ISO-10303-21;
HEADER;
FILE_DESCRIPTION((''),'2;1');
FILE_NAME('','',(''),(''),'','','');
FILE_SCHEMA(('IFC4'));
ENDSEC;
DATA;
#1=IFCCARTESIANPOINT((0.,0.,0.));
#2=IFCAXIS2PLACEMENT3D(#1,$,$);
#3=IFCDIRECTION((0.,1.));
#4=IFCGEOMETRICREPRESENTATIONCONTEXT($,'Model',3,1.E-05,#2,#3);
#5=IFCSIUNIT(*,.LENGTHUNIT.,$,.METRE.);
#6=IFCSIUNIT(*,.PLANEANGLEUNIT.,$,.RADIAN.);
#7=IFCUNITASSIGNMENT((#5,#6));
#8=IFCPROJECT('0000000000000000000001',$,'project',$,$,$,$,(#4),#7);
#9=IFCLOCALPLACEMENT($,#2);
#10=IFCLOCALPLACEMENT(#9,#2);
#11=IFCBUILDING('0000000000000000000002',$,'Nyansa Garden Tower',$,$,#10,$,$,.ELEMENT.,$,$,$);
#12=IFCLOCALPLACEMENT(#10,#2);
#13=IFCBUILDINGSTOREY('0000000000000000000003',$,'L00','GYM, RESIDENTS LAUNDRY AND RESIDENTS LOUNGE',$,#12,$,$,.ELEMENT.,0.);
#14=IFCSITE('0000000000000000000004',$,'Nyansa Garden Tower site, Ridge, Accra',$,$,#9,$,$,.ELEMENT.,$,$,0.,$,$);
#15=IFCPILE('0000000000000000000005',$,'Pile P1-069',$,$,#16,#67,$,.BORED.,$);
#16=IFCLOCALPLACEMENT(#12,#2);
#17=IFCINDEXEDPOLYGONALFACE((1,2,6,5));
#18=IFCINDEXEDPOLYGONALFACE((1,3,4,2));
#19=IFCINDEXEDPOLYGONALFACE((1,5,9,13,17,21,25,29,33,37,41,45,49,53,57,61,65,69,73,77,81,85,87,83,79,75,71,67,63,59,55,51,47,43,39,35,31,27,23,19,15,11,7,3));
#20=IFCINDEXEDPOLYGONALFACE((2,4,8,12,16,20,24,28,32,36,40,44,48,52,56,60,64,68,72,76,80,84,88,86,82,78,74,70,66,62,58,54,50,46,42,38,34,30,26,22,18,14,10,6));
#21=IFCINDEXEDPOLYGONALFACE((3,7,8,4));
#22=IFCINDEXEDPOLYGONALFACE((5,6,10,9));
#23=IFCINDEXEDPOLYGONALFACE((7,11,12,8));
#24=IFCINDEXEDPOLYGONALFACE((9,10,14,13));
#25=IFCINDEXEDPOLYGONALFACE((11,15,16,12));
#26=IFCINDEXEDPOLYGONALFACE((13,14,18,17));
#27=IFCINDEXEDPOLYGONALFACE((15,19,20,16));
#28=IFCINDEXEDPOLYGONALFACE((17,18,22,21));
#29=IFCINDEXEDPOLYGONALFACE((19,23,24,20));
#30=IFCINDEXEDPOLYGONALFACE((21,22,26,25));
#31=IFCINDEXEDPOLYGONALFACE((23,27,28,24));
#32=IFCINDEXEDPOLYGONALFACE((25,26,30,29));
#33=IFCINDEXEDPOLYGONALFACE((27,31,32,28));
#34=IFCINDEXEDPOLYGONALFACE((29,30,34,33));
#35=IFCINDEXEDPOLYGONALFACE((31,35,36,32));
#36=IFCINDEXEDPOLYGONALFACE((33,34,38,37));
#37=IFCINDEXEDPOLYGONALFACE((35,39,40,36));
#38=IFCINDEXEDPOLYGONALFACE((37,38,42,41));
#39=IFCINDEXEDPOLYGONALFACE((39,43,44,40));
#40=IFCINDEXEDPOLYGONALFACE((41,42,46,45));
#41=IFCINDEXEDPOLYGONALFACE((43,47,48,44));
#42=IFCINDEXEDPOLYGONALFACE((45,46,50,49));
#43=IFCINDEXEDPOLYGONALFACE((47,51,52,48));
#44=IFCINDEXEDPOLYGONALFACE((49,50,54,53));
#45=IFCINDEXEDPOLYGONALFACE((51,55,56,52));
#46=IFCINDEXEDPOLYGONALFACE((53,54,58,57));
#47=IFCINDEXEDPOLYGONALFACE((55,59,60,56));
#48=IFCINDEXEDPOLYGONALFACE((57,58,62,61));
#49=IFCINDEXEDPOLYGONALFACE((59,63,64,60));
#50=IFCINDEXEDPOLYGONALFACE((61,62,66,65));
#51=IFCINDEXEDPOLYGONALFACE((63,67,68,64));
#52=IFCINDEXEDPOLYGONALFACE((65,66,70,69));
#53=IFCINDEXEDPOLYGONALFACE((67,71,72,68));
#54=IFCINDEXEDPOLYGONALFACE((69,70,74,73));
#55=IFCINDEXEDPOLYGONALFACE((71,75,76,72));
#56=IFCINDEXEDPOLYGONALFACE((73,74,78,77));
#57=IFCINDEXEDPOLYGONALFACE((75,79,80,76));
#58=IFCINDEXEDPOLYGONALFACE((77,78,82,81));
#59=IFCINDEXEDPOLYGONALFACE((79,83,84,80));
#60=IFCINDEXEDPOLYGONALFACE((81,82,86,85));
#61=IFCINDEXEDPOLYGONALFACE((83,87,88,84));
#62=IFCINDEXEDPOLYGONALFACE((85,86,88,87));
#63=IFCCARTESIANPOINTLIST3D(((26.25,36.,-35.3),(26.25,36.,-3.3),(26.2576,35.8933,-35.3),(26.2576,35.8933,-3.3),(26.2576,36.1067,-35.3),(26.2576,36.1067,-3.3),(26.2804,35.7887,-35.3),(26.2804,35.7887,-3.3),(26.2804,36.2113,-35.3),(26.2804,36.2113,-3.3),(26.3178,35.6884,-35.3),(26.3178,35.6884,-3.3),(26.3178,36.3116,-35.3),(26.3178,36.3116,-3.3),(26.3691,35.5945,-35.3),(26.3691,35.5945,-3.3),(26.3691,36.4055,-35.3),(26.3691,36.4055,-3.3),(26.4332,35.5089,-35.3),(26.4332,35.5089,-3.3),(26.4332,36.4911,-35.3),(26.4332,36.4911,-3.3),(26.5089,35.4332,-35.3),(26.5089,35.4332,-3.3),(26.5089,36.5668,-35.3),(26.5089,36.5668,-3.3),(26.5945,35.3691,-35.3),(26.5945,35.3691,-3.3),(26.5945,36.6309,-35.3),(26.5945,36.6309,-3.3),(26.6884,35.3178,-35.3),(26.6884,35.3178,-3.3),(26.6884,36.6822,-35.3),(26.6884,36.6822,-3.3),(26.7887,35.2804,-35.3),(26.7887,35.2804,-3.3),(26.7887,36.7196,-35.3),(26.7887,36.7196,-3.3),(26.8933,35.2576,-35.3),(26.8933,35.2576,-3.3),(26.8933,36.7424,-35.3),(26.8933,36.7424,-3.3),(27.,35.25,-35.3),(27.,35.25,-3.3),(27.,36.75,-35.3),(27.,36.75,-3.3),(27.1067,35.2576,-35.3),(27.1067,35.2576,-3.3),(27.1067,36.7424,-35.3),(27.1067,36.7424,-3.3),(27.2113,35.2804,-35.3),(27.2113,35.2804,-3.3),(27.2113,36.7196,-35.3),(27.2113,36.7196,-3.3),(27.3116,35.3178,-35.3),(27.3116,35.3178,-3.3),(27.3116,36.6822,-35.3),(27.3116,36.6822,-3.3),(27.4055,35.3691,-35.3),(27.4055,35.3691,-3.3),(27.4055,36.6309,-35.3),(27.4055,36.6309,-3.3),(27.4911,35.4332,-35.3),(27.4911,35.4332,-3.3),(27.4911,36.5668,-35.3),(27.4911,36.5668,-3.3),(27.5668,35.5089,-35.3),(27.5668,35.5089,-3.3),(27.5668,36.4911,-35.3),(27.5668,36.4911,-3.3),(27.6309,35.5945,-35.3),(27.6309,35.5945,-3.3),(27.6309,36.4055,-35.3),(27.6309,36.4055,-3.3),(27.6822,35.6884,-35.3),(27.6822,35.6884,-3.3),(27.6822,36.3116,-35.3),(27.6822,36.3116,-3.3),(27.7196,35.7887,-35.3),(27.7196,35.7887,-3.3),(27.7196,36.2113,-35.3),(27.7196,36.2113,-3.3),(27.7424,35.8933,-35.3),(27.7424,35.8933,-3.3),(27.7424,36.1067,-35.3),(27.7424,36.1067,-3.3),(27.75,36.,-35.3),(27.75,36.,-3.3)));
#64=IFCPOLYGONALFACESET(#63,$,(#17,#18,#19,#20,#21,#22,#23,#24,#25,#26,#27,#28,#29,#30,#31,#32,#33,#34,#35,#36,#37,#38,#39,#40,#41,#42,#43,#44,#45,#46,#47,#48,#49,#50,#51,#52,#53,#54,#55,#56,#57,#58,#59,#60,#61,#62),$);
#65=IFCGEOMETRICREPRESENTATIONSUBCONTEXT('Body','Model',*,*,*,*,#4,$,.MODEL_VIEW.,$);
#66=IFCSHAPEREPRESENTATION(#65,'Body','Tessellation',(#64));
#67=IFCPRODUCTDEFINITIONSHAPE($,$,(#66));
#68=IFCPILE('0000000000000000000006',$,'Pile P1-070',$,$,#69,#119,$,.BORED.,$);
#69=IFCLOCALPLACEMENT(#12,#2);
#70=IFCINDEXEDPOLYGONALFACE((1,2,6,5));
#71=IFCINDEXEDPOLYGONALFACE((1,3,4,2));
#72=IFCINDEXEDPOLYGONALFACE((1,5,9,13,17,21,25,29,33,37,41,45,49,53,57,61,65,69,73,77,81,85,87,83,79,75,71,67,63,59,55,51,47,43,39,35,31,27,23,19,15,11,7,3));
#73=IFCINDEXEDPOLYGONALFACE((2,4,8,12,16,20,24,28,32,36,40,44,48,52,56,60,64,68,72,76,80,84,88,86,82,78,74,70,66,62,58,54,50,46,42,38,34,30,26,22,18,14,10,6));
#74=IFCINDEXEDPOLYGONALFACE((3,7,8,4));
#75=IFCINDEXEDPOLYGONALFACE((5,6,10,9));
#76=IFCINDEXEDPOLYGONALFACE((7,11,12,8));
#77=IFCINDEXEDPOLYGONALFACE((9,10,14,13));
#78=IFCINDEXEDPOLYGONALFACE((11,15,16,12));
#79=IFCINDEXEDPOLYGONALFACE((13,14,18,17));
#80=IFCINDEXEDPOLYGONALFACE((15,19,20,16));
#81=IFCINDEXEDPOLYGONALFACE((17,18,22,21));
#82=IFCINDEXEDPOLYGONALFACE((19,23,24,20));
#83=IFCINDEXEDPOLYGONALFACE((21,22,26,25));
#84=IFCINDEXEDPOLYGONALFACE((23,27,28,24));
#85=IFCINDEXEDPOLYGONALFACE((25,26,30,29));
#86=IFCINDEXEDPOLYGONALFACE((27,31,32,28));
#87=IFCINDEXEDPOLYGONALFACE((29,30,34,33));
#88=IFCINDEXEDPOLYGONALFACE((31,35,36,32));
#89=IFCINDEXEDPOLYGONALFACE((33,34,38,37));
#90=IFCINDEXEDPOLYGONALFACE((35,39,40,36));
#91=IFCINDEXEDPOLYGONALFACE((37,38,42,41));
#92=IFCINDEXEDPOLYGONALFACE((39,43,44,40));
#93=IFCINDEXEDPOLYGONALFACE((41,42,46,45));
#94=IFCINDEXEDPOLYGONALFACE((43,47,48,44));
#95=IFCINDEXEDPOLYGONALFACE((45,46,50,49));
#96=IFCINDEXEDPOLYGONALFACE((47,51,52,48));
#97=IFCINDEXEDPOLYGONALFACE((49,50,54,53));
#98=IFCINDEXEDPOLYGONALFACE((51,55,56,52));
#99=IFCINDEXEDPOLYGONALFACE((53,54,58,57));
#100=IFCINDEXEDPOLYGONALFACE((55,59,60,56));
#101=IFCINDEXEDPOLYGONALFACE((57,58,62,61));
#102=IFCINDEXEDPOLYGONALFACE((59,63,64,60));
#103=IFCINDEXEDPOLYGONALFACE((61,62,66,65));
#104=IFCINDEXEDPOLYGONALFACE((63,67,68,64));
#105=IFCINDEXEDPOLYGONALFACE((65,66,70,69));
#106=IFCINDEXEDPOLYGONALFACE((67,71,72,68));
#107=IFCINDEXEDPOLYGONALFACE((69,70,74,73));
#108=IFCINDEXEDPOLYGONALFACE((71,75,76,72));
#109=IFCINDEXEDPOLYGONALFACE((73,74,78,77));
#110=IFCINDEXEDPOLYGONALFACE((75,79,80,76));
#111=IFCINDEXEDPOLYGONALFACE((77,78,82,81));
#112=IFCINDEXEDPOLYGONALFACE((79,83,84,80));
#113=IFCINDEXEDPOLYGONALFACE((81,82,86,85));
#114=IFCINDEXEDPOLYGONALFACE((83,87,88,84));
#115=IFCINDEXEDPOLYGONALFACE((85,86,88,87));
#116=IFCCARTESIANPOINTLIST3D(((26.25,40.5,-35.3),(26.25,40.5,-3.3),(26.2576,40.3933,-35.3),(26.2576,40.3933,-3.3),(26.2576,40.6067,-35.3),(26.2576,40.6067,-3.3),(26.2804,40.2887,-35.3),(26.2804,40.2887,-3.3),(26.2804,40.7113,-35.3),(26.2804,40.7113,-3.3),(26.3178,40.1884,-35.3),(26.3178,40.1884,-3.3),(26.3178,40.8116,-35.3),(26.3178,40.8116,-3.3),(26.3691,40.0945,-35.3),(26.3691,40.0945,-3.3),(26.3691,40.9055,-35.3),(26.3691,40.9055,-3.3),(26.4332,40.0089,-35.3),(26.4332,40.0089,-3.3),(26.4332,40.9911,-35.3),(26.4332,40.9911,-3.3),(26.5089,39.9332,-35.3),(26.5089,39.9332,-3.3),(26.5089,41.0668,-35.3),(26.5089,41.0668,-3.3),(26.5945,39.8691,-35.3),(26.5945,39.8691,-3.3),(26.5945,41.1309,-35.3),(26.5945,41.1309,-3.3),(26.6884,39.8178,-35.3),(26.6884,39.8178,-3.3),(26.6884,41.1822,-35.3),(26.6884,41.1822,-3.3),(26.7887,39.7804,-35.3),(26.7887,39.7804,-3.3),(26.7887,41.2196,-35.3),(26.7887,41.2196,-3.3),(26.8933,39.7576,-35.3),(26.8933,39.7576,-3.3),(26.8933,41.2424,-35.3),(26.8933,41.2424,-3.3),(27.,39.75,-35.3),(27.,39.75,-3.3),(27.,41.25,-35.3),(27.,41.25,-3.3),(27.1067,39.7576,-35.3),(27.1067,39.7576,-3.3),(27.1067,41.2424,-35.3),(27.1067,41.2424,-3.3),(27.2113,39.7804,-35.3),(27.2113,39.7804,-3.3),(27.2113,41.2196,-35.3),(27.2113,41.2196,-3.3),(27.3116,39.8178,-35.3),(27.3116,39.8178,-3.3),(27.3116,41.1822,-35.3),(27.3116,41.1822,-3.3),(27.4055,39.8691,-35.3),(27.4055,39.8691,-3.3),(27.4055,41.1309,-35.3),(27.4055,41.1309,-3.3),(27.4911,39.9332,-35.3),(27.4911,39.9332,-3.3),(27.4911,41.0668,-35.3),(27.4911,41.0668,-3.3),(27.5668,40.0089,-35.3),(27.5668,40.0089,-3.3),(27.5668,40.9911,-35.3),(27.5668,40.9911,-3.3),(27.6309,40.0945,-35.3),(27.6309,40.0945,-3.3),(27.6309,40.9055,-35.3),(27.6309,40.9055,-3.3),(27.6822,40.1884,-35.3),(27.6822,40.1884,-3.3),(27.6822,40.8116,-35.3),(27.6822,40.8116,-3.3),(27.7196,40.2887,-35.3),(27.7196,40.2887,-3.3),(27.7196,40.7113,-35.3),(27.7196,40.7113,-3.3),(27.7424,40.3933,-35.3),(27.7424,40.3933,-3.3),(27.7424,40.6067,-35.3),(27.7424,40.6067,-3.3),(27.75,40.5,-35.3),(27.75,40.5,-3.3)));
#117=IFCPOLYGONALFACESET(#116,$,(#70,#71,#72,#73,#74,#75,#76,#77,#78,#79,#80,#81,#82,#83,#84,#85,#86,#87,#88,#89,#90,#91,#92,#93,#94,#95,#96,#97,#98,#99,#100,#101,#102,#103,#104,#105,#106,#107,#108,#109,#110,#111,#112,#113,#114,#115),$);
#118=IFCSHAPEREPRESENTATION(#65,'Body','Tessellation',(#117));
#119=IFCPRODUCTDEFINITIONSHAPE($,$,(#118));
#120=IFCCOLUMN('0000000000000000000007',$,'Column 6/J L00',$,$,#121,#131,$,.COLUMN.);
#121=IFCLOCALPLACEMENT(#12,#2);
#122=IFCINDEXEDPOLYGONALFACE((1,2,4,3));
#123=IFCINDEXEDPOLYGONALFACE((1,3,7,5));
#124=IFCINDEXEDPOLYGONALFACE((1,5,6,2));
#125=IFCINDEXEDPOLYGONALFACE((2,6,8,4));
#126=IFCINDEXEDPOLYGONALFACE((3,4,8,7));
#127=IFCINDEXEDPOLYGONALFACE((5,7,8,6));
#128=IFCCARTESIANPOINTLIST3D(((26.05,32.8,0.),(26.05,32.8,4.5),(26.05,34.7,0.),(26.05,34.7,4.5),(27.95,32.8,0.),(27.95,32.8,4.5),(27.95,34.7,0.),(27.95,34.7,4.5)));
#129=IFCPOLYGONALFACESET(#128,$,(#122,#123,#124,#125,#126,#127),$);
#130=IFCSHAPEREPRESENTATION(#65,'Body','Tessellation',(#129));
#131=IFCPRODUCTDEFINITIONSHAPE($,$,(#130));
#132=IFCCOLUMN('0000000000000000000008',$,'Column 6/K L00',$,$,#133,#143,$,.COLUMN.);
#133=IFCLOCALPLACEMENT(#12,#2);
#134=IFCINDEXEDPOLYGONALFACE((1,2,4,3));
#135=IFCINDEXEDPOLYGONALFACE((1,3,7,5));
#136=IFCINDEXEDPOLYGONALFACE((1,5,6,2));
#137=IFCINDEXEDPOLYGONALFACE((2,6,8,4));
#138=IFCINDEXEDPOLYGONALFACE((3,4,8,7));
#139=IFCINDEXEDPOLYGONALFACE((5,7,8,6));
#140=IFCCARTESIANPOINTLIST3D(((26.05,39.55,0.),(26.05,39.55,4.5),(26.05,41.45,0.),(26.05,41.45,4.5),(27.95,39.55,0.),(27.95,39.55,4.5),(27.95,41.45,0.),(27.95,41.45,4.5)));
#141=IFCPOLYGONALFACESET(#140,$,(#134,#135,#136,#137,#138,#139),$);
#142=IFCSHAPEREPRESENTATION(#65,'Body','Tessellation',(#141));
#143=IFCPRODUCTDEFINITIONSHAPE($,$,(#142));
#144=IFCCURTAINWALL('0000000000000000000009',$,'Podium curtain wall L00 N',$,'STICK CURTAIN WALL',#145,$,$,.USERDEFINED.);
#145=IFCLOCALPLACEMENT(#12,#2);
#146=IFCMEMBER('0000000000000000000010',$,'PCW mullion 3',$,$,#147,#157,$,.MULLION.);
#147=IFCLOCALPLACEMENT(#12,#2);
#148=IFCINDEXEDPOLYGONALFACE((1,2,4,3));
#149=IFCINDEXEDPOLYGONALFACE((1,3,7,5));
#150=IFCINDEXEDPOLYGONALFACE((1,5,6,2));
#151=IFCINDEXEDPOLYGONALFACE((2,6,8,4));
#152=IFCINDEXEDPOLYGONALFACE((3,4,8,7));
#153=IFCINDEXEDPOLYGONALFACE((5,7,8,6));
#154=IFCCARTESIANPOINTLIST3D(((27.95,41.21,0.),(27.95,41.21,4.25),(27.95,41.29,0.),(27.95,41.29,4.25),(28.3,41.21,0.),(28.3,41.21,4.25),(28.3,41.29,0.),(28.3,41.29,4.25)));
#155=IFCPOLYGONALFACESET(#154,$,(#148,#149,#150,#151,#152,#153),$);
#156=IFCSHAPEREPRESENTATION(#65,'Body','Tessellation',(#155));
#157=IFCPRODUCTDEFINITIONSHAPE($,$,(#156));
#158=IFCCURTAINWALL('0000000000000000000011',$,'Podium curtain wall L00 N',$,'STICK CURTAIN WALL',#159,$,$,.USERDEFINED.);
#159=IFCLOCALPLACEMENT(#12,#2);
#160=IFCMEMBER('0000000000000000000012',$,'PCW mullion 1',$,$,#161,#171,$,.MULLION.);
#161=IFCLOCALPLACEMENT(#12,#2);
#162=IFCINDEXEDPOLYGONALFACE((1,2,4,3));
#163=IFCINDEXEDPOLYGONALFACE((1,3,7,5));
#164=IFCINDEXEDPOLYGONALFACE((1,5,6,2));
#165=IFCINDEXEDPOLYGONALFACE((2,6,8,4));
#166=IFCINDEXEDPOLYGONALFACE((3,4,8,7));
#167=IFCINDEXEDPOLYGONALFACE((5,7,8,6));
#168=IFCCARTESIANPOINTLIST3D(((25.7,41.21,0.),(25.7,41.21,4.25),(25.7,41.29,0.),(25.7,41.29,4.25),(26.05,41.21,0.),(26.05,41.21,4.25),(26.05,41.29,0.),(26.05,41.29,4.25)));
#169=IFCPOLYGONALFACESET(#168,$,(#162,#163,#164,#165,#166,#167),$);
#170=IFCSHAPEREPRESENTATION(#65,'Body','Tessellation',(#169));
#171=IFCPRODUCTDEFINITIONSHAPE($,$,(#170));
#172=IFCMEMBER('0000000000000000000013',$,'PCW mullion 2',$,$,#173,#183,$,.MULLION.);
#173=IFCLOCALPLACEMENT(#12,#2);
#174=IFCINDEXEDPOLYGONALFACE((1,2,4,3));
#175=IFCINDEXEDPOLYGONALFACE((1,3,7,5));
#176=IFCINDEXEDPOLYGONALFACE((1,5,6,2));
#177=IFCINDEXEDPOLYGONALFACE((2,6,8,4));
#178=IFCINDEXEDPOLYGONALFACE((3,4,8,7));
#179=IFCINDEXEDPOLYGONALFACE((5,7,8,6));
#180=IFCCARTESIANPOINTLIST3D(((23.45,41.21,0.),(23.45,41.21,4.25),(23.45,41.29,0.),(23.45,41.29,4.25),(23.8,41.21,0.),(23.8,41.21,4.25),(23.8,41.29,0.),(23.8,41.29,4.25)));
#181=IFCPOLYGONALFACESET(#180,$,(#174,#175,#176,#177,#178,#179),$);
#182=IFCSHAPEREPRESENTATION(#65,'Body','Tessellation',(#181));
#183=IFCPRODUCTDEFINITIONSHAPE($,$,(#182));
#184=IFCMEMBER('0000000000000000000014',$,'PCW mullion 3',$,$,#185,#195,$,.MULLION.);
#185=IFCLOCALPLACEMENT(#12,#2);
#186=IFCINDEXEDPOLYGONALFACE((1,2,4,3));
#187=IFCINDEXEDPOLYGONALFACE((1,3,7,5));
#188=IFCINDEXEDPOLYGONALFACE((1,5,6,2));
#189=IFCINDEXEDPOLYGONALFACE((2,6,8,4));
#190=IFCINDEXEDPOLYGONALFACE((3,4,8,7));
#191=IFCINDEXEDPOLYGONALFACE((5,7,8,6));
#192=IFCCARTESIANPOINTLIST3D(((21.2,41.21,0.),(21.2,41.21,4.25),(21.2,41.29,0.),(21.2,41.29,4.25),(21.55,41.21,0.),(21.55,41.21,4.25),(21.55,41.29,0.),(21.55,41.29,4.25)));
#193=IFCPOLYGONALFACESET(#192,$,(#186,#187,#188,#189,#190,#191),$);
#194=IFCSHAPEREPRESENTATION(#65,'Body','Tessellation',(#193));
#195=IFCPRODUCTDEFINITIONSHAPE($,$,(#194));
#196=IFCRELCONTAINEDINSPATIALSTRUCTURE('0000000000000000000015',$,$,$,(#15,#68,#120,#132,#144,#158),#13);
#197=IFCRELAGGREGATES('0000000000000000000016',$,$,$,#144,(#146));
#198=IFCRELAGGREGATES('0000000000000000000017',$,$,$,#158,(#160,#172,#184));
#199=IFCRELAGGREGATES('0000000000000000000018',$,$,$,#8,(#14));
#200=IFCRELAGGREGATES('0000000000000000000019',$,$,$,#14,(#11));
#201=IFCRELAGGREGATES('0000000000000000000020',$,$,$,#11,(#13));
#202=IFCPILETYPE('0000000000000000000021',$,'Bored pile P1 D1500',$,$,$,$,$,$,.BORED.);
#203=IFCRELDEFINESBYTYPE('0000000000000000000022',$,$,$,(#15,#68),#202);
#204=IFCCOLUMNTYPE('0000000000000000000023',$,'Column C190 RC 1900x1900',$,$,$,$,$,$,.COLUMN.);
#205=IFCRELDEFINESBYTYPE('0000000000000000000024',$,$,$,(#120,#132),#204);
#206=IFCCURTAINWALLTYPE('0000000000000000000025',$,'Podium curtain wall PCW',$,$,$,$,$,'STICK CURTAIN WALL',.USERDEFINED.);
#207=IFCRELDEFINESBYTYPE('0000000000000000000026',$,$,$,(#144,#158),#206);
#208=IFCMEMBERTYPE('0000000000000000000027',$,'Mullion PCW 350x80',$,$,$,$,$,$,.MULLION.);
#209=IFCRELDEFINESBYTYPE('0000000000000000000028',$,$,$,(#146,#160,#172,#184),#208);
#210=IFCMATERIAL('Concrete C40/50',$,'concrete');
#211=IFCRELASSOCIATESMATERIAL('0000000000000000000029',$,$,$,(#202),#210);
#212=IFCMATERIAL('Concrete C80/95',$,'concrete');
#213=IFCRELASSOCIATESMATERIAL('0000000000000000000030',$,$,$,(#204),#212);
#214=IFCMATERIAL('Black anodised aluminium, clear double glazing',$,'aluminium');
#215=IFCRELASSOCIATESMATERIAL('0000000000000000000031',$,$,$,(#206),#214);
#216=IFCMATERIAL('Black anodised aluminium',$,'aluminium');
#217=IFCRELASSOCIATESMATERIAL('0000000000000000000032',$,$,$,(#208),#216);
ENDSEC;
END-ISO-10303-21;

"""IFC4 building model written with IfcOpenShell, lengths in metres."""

from ifc_helpers import new_model, si_unit, direction, frame, origin, origin_2d, place, context, subcontext, project, spatial, rectangle, circle, extrude, material, material_profile, profile_set, type_object, element, aggregate, save


model = new_model("IFC4")

# Units and contexts
model_context = context("Model", 3, precision=1e-05, world=origin(), true_north=direction((0.0, 1.0)))
body_context = subcontext(model_context, "Body", "Model", "MODEL_VIEW")
ifc_project = project(units=[si_unit("LENGTHUNIT", "METRE"), si_unit("PLANEANGLEUNIT", "RADIAN")], contexts=[model_context])

# Site, building, storey
site_placement = place(None, origin())
site = spatial("IfcSite", under=ifc_project, at=site_placement, Name="Nyansa Garden Tower site, Ridge, Accra", CompositionType="ELEMENT", RefElevation=0.0)
building_placement = place(site_placement, origin())
building = spatial("IfcBuilding", under=site, at=building_placement, Name="Nyansa Garden Tower", CompositionType="ELEMENT")
storey_placement = place(building_placement, origin())
storey = spatial("IfcBuildingStorey", under=building, at=storey_placement, Name="L00", Description="GYM, RESIDENTS LAUNDRY AND RESIDENTS LOUNGE", CompositionType="ELEMENT", Elevation=0.0)

# Piles
ifc_material_1 = material(Name="Concrete C40/50", Category="concrete")
pile_type = type_object("IfcPileType", Name="Bored pile P1 D1500", PredefinedType="BORED", material=ifc_material_1)
for number, where, z_axis, x_axis, name in (
    (1, (27.0, 36.0, -3.3), (0.0, 0.0, -1.0), (1.0, 0.0, 0.0), "Pile P1-069"),
    (2, (27.0, 40.5, -3.3), (0.0, 0.0, -1.0), (1.0, 0.0, 0.0), "Pile P1-070"),
):
    element("IfcPile", number, at=place(storey_placement, frame(where, z_axis=z_axis, x_axis=x_axis)), inside=storey, type_object=pile_type, Name=name, PredefinedType="BORED", context=body_context, shape_type="SweptSolid", body=[
        extrude(circle(Radius=0.75, at=origin_2d()), origin(), (0.0, 0.0, 1.0), 32.0),
    ])

# Columns
ifc_material_2 = material(Name="Concrete C80/95", Category="concrete")
ifc_material_profile_1 = material_profile(ifc_material_2, rectangle(XDim=1.8999, YDim=1.8999, at=origin_2d()), Name="RC 1900x1900")
ifc_profile_set_1 = profile_set([ifc_material_profile_1], Name="Concrete C80/95")
column_type = type_object("IfcColumnType", Name="Column C190 RC 1900x1900", PredefinedType="COLUMN", material=ifc_profile_set_1)
for number, where, z_axis, x_axis, name in (
    (3, (27.0, 33.75, 0.0), (0.0, 0.0, 1.0), (1.0, 0.0, 0.0), "Column 6/J L00"),
    (4, (27.0, 40.5, 0.0), (0.0, 0.0, 1.0), (1.0, 0.0, 0.0), "Column 6/K L00"),
):
    element("IfcColumn", number, at=place(storey_placement, frame(where, z_axis=z_axis, x_axis=x_axis)), inside=storey, type_object=column_type, Name=name, PredefinedType="COLUMN", context=body_context, shape_type="SweptSolid", body=[
        extrude(rectangle(XDim=1.8999, YDim=1.8999, at=origin_2d()), origin(), (0.0, 0.0, 1.0), 4.5),
    ])

# Curtain wall, member
ifc_material_3 = material(Name="Black anodised aluminium, clear double glazing", Category="aluminium")
curtain_wall_type = type_object("IfcCurtainWallType", Name="Podium curtain wall PCW", ElementType="STICK CURTAIN WALL", PredefinedType="USERDEFINED", material=ifc_material_3)
curtain_wall_1_placement = place(storey_placement, origin())
curtain_wall_1 = element("IfcCurtainWall", 5, at=curtain_wall_1_placement, inside=storey, type_object=curtain_wall_type, Name="Podium curtain wall L00 N", ObjectType="STICK CURTAIN WALL", PredefinedType="USERDEFINED")
ifc_material_4 = material(Name="Black anodised aluminium", Category="aluminium")
ifc_material_profile_2 = material_profile(ifc_material_4, rectangle(XDim=0.0801, YDim=0.3501, at=origin_2d()), Name="Mullion 350x80")
ifc_profile_set_2 = profile_set([ifc_material_profile_2], Name="Black anodised aluminium")
member_type_1 = type_object("IfcMemberType", Name="Mullion PCW 350x80", PredefinedType="MULLION", material=ifc_profile_set_2)
member_1_placement = place(storey_placement, frame((28.125, 41.25, 0.0), z_axis=(0.0, 0.0, 1.0), x_axis=(0.0, -1.0, 0.0)))
member_1 = element("IfcMember", 6, at=member_1_placement, type_object=member_type_1, Name="PCW mullion 3", PredefinedType="MULLION", context=body_context, shape_type="SweptSolid", body=[
    extrude(rectangle(XDim=0.0801, YDim=0.3501, at=origin_2d()), origin(), (0.0, 0.0, 1.0), 4.25),
])

# Curtain wall, members
curtain_wall_2_placement = place(storey_placement, origin())
curtain_wall_2 = element("IfcCurtainWall", 7, at=curtain_wall_2_placement, inside=storey, type_object=curtain_wall_type, Name="Podium curtain wall L00 N", ObjectType="STICK CURTAIN WALL", PredefinedType="USERDEFINED")
member_2_placement = place(storey_placement, frame((25.875, 41.25, 0.0), z_axis=(0.0, 0.0, 1.0), x_axis=(0.0, -1.0, 0.0)))
member_2 = element("IfcMember", 8, at=member_2_placement, type_object=member_type_1, Name="PCW mullion 1", PredefinedType="MULLION", context=body_context, shape_type="SweptSolid", body=[
    extrude(rectangle(XDim=0.0801, YDim=0.3501, at=origin_2d()), origin(), (0.0, 0.0, 1.0), 4.25),
])
member_3_placement = place(storey_placement, frame((23.625, 41.25, 0.0), z_axis=(0.0, 0.0, 1.0), x_axis=(0.0, -1.0, 0.0)))
member_3 = element("IfcMember", 9, at=member_3_placement, type_object=member_type_1, Name="PCW mullion 2", PredefinedType="MULLION", context=body_context, shape_type="SweptSolid", body=[
    extrude(rectangle(XDim=0.0801, YDim=0.3501, at=origin_2d()), origin(), (0.0, 0.0, 1.0), 4.25),
])
member_4_placement = place(storey_placement, frame((21.375, 41.25, 0.0), z_axis=(0.0, 0.0, 1.0), x_axis=(0.0, -1.0, 0.0)))
member_4 = element("IfcMember", 10, at=member_4_placement, type_object=member_type_1, Name="PCW mullion 3", PredefinedType="MULLION", context=body_context, shape_type="SweptSolid", body=[
    extrude(rectangle(XDim=0.0801, YDim=0.3501, at=origin_2d()), origin(), (0.0, 0.0, 1.0), 4.25),
])

aggregate(curtain_wall_1, [member_1])
aggregate(curtain_wall_2, [member_2, member_3, member_4])

save(model, "model.ifc")
